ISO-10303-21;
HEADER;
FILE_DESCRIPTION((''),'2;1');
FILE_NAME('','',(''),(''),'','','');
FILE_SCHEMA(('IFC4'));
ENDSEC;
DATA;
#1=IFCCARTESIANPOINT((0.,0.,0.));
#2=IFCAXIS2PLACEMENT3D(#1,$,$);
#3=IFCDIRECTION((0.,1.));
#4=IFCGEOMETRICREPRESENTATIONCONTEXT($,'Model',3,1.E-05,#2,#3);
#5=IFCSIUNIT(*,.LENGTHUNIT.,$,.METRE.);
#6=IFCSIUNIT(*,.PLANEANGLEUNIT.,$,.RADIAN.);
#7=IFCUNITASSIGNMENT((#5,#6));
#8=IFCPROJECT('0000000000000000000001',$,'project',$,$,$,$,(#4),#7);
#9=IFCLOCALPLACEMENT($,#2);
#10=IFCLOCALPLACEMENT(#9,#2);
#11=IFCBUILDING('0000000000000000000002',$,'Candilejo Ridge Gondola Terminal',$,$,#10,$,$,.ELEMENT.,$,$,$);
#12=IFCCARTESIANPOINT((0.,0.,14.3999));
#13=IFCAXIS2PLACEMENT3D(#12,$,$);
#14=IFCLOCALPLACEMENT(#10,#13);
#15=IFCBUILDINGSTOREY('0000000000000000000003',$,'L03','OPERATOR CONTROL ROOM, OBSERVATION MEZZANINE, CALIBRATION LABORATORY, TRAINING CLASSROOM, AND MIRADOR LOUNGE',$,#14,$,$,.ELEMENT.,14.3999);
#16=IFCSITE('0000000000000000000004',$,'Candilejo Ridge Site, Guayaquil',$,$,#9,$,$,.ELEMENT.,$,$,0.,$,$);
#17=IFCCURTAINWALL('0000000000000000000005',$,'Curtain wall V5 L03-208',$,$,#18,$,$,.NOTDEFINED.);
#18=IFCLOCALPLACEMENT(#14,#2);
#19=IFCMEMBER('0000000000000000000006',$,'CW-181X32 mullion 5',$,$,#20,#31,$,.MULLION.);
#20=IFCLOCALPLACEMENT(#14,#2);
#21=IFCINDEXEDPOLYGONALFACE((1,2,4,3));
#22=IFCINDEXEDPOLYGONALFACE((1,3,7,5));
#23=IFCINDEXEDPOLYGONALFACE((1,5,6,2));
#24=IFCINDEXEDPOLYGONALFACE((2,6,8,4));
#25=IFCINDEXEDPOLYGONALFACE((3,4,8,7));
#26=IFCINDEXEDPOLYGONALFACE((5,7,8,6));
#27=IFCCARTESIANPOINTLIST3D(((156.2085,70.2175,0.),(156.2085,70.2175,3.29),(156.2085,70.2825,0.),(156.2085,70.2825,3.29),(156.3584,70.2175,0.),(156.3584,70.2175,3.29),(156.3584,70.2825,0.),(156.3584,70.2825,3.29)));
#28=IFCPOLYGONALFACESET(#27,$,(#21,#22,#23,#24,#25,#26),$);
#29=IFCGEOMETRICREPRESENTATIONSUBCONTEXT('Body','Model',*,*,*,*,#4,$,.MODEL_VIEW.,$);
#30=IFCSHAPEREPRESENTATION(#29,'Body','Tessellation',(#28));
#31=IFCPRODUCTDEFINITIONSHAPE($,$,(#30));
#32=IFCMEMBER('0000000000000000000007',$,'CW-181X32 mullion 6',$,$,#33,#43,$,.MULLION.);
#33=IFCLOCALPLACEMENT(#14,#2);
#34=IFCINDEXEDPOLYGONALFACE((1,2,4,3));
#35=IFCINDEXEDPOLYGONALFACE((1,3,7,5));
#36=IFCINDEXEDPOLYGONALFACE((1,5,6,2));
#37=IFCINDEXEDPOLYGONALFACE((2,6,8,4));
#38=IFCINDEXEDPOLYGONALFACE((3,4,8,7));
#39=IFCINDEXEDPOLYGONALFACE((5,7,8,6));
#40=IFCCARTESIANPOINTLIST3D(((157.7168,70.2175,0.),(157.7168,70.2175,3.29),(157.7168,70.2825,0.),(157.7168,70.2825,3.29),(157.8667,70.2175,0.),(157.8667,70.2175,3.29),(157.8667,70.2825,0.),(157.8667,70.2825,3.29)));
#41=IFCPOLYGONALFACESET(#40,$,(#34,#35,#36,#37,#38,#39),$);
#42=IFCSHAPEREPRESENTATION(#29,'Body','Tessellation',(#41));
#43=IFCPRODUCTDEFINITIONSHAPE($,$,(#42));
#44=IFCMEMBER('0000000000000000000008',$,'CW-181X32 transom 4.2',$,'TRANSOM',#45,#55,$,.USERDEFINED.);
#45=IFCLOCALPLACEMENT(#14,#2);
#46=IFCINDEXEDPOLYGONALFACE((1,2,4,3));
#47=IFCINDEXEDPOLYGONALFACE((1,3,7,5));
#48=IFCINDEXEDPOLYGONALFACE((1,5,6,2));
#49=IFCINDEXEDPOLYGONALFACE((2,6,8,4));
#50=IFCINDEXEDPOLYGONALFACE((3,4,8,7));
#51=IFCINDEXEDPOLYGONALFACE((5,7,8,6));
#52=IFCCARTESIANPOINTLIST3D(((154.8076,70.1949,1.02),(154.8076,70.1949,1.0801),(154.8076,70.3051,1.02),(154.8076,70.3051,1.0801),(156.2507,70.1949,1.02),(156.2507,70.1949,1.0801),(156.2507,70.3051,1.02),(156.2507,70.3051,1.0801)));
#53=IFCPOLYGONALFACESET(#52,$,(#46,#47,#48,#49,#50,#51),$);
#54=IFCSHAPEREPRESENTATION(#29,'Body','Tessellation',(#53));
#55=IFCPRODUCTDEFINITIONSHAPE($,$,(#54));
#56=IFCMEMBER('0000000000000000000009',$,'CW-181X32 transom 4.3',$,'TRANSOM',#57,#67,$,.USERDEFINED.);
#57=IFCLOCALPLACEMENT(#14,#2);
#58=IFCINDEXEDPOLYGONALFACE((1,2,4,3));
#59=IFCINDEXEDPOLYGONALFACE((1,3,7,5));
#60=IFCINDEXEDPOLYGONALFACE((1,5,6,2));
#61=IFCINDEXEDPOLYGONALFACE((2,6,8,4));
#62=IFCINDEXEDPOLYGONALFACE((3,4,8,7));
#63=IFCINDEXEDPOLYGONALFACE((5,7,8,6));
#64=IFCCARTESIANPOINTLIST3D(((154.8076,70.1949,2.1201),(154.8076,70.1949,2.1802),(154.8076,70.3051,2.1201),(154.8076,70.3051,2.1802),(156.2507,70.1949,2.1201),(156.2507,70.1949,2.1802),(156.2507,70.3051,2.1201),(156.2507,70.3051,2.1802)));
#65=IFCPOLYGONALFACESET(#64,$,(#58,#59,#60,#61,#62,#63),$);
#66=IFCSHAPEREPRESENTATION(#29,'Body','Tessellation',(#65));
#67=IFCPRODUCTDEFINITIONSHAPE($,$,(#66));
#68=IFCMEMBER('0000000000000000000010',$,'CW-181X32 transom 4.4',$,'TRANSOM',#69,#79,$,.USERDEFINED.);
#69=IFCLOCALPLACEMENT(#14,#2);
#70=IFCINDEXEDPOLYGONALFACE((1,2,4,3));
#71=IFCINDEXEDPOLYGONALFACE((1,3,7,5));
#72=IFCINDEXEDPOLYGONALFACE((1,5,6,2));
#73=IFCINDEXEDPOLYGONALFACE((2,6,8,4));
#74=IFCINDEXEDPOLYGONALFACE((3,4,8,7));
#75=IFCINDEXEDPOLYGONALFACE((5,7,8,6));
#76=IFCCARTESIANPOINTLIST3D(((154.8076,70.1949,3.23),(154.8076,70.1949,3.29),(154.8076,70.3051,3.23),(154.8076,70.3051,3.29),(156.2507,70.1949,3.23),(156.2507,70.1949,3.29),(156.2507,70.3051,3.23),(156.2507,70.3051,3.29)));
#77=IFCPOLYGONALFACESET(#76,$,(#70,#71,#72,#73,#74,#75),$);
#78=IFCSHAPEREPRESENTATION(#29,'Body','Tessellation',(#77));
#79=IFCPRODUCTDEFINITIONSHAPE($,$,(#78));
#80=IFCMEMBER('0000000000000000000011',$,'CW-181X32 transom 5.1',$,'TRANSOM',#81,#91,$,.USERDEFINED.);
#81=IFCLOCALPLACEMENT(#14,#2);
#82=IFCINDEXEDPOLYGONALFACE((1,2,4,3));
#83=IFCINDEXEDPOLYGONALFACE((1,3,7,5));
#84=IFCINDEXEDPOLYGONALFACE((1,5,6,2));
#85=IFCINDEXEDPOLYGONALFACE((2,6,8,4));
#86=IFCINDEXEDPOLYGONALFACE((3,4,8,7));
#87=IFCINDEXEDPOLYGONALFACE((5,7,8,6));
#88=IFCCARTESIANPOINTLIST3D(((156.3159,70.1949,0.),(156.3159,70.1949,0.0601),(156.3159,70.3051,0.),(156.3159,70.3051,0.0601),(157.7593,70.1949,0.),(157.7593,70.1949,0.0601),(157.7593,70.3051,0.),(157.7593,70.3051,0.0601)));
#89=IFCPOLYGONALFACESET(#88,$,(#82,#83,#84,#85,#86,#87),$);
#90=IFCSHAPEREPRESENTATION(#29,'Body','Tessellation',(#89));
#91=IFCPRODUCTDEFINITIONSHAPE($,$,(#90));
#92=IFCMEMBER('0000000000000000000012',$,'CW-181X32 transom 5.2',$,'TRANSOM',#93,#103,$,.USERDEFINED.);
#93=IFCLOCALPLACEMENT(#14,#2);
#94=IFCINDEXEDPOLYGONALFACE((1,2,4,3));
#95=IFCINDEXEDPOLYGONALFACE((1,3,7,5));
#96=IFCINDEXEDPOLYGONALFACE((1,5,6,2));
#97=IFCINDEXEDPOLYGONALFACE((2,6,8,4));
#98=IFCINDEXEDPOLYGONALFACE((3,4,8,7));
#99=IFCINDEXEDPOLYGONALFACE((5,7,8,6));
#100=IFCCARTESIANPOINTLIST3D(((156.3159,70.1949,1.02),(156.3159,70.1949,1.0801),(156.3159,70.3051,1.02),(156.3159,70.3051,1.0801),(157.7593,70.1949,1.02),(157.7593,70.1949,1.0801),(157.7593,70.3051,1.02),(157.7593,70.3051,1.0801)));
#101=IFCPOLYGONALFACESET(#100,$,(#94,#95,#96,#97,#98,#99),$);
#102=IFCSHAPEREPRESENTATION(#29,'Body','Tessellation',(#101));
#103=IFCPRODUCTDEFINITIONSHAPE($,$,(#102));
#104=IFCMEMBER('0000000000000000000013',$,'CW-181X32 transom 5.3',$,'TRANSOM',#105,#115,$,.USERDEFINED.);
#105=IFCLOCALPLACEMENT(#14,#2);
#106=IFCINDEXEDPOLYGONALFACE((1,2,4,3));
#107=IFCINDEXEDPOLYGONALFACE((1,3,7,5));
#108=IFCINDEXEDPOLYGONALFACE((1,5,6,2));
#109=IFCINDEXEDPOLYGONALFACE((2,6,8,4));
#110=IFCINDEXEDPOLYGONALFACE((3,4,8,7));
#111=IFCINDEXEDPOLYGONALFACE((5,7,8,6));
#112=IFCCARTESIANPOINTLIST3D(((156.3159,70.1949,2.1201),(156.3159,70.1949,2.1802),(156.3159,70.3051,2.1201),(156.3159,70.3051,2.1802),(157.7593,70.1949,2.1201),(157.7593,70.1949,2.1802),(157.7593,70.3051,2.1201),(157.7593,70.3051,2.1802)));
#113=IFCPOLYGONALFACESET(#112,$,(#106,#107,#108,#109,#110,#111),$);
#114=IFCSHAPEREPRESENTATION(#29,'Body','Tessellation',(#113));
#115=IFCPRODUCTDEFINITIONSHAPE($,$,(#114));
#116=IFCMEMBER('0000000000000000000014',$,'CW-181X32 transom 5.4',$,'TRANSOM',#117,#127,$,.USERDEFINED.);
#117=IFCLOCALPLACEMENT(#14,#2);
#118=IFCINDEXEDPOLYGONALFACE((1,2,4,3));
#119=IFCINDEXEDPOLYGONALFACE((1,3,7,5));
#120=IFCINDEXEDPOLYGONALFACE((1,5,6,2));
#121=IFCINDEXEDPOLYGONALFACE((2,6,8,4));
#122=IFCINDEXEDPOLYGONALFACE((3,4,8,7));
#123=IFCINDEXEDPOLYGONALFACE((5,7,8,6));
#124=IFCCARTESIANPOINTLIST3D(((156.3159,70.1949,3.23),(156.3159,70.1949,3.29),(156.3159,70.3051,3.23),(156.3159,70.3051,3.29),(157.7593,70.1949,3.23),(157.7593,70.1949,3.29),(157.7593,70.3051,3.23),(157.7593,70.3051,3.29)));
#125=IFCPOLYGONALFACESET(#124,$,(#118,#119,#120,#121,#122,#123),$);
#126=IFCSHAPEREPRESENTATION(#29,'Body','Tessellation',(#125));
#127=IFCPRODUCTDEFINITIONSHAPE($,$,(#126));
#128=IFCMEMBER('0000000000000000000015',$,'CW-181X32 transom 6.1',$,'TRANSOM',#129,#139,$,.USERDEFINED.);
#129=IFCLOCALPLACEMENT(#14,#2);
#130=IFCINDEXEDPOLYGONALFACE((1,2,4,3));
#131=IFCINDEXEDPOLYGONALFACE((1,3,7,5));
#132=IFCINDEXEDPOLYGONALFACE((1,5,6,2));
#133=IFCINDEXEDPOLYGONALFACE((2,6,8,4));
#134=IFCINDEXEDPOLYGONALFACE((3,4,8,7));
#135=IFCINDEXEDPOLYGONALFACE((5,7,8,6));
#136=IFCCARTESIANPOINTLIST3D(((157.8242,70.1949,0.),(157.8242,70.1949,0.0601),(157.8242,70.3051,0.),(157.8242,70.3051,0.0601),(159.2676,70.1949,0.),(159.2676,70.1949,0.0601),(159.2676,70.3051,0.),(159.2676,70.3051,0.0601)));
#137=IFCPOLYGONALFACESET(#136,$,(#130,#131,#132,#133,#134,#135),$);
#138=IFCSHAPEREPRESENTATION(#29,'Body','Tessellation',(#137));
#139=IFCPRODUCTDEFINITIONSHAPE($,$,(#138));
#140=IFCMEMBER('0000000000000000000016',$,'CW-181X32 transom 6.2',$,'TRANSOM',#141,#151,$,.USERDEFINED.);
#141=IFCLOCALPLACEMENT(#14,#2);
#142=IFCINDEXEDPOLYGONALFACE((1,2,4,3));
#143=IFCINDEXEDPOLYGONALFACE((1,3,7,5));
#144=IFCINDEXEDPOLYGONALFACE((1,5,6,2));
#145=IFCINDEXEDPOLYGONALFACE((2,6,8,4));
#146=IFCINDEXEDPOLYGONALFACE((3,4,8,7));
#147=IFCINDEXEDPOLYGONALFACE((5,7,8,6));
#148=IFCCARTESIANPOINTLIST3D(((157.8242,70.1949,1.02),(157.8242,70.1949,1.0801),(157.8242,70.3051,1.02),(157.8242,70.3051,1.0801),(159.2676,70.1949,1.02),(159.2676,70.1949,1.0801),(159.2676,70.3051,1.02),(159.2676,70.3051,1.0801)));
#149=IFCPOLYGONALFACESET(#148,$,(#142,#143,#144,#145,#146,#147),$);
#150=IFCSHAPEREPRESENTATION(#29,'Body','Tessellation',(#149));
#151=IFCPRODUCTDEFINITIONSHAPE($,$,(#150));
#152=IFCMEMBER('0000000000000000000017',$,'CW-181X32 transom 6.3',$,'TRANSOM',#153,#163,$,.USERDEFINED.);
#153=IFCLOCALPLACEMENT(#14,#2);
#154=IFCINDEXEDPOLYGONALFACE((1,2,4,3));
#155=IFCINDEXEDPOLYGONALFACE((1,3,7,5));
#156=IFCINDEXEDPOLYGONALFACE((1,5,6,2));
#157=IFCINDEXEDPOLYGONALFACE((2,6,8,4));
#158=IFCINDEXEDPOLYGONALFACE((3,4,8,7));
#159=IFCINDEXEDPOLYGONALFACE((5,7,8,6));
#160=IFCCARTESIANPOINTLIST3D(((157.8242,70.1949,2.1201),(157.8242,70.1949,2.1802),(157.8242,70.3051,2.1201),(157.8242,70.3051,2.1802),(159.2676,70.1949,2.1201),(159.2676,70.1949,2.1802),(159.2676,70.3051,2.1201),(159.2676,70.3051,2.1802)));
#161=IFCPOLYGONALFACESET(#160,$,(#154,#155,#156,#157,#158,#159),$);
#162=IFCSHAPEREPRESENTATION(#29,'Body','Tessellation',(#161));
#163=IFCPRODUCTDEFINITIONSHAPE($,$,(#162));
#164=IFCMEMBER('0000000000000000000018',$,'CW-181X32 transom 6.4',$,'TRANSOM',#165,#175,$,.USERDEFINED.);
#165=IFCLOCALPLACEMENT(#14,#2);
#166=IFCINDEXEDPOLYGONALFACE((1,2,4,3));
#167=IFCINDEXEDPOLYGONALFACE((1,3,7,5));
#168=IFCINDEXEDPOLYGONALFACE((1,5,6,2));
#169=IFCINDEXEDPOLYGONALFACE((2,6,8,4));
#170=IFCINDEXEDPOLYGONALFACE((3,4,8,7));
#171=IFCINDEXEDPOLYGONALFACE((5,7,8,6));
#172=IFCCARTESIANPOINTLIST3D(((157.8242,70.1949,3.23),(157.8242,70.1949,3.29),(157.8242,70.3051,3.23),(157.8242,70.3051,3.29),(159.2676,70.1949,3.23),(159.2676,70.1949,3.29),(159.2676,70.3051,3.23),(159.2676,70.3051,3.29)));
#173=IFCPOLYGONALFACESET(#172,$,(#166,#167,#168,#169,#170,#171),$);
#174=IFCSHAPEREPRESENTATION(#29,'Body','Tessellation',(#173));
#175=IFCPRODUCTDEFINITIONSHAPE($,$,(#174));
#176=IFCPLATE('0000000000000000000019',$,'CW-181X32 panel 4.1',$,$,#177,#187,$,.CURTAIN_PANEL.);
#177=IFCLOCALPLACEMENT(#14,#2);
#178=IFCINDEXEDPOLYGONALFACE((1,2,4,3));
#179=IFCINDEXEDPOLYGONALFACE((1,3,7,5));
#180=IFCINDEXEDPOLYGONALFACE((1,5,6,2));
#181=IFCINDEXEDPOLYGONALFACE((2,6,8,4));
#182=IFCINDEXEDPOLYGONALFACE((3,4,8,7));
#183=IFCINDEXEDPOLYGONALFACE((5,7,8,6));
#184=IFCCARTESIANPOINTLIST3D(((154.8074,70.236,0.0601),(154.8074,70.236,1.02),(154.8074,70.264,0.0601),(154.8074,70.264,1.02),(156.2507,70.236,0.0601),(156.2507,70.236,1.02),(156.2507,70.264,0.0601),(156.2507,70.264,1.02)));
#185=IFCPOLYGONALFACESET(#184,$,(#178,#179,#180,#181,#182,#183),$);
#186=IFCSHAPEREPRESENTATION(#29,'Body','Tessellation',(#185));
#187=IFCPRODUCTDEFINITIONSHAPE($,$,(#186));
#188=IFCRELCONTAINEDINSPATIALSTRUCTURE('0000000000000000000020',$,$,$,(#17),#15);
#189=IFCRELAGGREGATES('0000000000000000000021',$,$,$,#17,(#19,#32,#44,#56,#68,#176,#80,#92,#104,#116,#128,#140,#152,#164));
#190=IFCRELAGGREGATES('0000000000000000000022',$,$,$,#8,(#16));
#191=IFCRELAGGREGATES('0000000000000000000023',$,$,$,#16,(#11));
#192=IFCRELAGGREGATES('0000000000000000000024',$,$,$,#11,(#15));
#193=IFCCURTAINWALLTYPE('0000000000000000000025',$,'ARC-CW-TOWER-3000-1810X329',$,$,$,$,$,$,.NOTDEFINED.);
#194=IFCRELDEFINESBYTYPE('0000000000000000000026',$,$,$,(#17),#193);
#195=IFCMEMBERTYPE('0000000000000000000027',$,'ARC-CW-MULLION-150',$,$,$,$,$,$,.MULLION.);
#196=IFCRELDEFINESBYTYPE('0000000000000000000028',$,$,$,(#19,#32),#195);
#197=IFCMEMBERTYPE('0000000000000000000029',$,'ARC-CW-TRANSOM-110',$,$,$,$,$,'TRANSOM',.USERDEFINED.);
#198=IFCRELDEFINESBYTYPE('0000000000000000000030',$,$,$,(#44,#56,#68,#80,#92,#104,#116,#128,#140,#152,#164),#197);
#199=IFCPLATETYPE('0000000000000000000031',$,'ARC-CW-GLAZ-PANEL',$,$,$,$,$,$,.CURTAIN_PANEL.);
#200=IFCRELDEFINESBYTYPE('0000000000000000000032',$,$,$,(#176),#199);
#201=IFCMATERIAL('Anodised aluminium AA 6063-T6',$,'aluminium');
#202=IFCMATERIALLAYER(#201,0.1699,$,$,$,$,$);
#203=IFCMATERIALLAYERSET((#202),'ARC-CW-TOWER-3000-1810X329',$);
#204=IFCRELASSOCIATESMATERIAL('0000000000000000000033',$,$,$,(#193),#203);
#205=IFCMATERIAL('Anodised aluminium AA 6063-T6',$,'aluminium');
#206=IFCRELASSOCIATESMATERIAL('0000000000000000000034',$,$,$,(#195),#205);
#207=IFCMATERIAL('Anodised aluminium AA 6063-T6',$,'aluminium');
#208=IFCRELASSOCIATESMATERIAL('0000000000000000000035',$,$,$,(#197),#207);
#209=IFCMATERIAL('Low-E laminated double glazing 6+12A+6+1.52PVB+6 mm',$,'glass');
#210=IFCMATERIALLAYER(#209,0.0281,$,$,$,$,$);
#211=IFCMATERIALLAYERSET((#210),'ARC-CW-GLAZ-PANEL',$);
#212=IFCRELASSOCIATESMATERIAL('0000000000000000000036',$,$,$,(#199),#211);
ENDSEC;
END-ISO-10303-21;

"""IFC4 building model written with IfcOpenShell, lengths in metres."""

from ifc_helpers import new_model, si_unit, direction, frame, origin, origin_2d, place, context, subcontext, project, spatial, rectangle, extrude, material, layer, layer_set, material_profile, profile_set, type_object, element, aggregate, save


model = new_model("IFC4")

# Units and contexts
model_context = context("Model", 3, precision=1e-05, world=origin(), true_north=direction((0.0, 1.0)))
body_context = subcontext(model_context, "Body", "Model", "MODEL_VIEW")
ifc_project = project(units=[si_unit("LENGTHUNIT", "METRE"), si_unit("PLANEANGLEUNIT", "RADIAN")], contexts=[model_context])

# Site, building, storey
site_placement = place(None, origin())
site = spatial("IfcSite", under=ifc_project, at=site_placement, Name="Candilejo Ridge Site, Guayaquil", CompositionType="ELEMENT", RefElevation=0.0)
building_placement = place(site_placement, origin())
building = spatial("IfcBuilding", under=site, at=building_placement, Name="Candilejo Ridge Gondola Terminal", CompositionType="ELEMENT")
storey_placement = place(building_placement, frame((0.0, 0.0, 14.3999)))
storey = spatial("IfcBuildingStorey", under=building, at=storey_placement, Name="L03", Description="OPERATOR CONTROL ROOM, OBSERVATION MEZZANINE, CALIBRATION LABORATORY, TRAINING CLASSROOM, AND MIRADOR LOUNGE", CompositionType="ELEMENT", Elevation=14.3999)

# Curtain wall, members, plate
ifc_material_1 = material(Name="Anodised aluminium AA 6063-T6", Category="aluminium")
ifc_layer_1 = layer(ifc_material_1, 0.1699)
ifc_layer_set_1 = layer_set([ifc_layer_1], Name="ARC-CW-TOWER-3000-1810X329")
curtain_wall_type = type_object("IfcCurtainWallType", Name="ARC-CW-TOWER-3000-1810X329", PredefinedType="NOTDEFINED", material=ifc_layer_set_1)
curtain_wall_placement = place(storey_placement, origin())
curtain_wall = element("IfcCurtainWall", 1, at=curtain_wall_placement, inside=storey, type_object=curtain_wall_type, Name="Curtain wall V5 L03-208", PredefinedType="NOTDEFINED")
ifc_material_2 = material(Name="Anodised aluminium AA 6063-T6", Category="aluminium")
ifc_material_profile_1 = material_profile(ifc_material_2, rectangle(XDim=0.0649, YDim=0.1499, at=origin_2d()))
ifc_profile_set_1 = profile_set([ifc_material_profile_1], Name="Anodised aluminium AA 6063-T6")
member_type_1 = type_object("IfcMemberType", Name="ARC-CW-MULLION-150", PredefinedType="MULLION", material=ifc_profile_set_1)
member_1_placement = place(storey_placement, frame((156.2834, 70.25, 0.0), z_axis=(0.0, 0.0, 1.0), x_axis=(0.0, 1.0, 0.0)))
member_1 = element("IfcMember", 2, at=member_1_placement, type_object=member_type_1, Name="CW-181X32 mullion 5", PredefinedType="MULLION", context=body_context, shape_type="SweptSolid", body=[
    extrude(rectangle(XDim=0.0649, YDim=0.1499, at=origin_2d()), origin(), (0.0, 0.0, 1.0), 3.29),
])
member_2_placement = place(storey_placement, frame((157.7917, 70.25, 0.0), z_axis=(0.0, 0.0, 1.0), x_axis=(0.0, 1.0, 0.0)))
member_2 = element("IfcMember", 3, at=member_2_placement, type_object=member_type_1, Name="CW-181X32 mullion 6", PredefinedType="MULLION", context=body_context, shape_type="SweptSolid", body=[
    extrude(rectangle(XDim=0.0649, YDim=0.1499, at=origin_2d()), origin(), (0.0, 0.0, 1.0), 3.29),
])
ifc_material_3 = material(Name="Anodised aluminium AA 6063-T6", Category="aluminium")
ifc_material_profile_2 = material_profile(ifc_material_3, rectangle(XDim=0.1101, YDim=0.0601, at=origin_2d()))
ifc_profile_set_2 = profile_set([ifc_material_profile_2], Name="Anodised aluminium AA 6063-T6")
member_type_2 = type_object("IfcMemberType", Name="ARC-CW-TRANSOM-110", ElementType="TRANSOM", PredefinedType="USERDEFINED", material=ifc_profile_set_2)
member_3_placement = place(storey_placement, frame((154.8076, 70.25, 1.05), z_axis=(1.0, 0.0, 0.0), x_axis=(0.0, 1.0, 0.0)))
member_3 = element("IfcMember", 4, at=member_3_placement, type_object=member_type_2, Name="CW-181X32 transom 4.2", ObjectType="TRANSOM", PredefinedType="USERDEFINED", context=body_context, shape_type="SweptSolid", body=[
    extrude(rectangle(XDim=0.1101, YDim=0.0601, at=origin_2d()), origin(), (0.0, 0.0, 1.0), 1.4431),
])
member_4_placement = place(storey_placement, frame((154.8076, 70.25, 2.1501), z_axis=(1.0, 0.0, 0.0), x_axis=(0.0, 1.0, 0.0)))
member_4 = element("IfcMember", 5, at=member_4_placement, type_object=member_type_2, Name="CW-181X32 transom 4.3", ObjectType="TRANSOM", PredefinedType="USERDEFINED", context=body_context, shape_type="SweptSolid", body=[
    extrude(rectangle(XDim=0.1101, YDim=0.0601, at=origin_2d()), origin(), (0.0, 0.0, 1.0), 1.4431),
])
member_5_placement = place(storey_placement, frame((154.8076, 70.25, 3.26), z_axis=(1.0, 0.0, 0.0), x_axis=(0.0, 1.0, 0.0)))
member_5 = element("IfcMember", 6, at=member_5_placement, type_object=member_type_2, Name="CW-181X32 transom 4.4", ObjectType="TRANSOM", PredefinedType="USERDEFINED", context=body_context, shape_type="SweptSolid", body=[
    extrude(rectangle(XDim=0.1101, YDim=0.0601, at=origin_2d()), origin(), (0.0, 0.0, 1.0), 1.4431),
])
member_6_placement = place(storey_placement, frame((156.3159, 70.25, 0.03), z_axis=(1.0, 0.0, 0.0), x_axis=(0.0, 1.0, 0.0)))
member_6 = element("IfcMember", 7, at=member_6_placement, type_object=member_type_2, Name="CW-181X32 transom 5.1", ObjectType="TRANSOM", PredefinedType="USERDEFINED", context=body_context, shape_type="SweptSolid", body=[
    extrude(rectangle(XDim=0.1101, YDim=0.0601, at=origin_2d()), origin(), (0.0, 0.0, 1.0), 1.4434),
])
member_7_placement = place(storey_placement, frame((156.3159, 70.25, 1.05), z_axis=(1.0, 0.0, 0.0), x_axis=(0.0, 1.0, 0.0)))
member_7 = element("IfcMember", 8, at=member_7_placement, type_object=member_type_2, Name="CW-181X32 transom 5.2", ObjectType="TRANSOM", PredefinedType="USERDEFINED", context=body_context, shape_type="SweptSolid", body=[
    extrude(rectangle(XDim=0.1101, YDim=0.0601, at=origin_2d()), origin(), (0.0, 0.0, 1.0), 1.4434),
])
member_8_placement = place(storey_placement, frame((156.3159, 70.25, 2.1501), z_axis=(1.0, 0.0, 0.0), x_axis=(0.0, 1.0, 0.0)))
member_8 = element("IfcMember", 9, at=member_8_placement, type_object=member_type_2, Name="CW-181X32 transom 5.3", ObjectType="TRANSOM", PredefinedType="USERDEFINED", context=body_context, shape_type="SweptSolid", body=[
    extrude(rectangle(XDim=0.1101, YDim=0.0601, at=origin_2d()), origin(), (0.0, 0.0, 1.0), 1.4434),
])
member_9_placement = place(storey_placement, frame((156.3159, 70.25, 3.26), z_axis=(1.0, 0.0, 0.0), x_axis=(0.0, 1.0, 0.0)))
member_9 = element("IfcMember", 10, at=member_9_placement, type_object=member_type_2, Name="CW-181X32 transom 5.4", ObjectType="TRANSOM", PredefinedType="USERDEFINED", context=body_context, shape_type="SweptSolid", body=[
    extrude(rectangle(XDim=0.1101, YDim=0.0601, at=origin_2d()), origin(), (0.0, 0.0, 1.0), 1.4434),
])
member_10_placement = place(storey_placement, frame((157.8242, 70.25, 0.03), z_axis=(1.0, 0.0, 0.0), x_axis=(0.0, 1.0, 0.0)))
member_10 = element("IfcMember", 11, at=member_10_placement, type_object=member_type_2, Name="CW-181X32 transom 6.1", ObjectType="TRANSOM", PredefinedType="USERDEFINED", context=body_context, shape_type="SweptSolid", body=[
    extrude(rectangle(XDim=0.1101, YDim=0.0601, at=origin_2d()), origin(), (0.0, 0.0, 1.0), 1.4434),
])
member_11_placement = place(storey_placement, frame((157.8242, 70.25, 1.05), z_axis=(1.0, 0.0, 0.0), x_axis=(0.0, 1.0, 0.0)))
member_11 = element("IfcMember", 12, at=member_11_placement, type_object=member_type_2, Name="CW-181X32 transom 6.2", ObjectType="TRANSOM", PredefinedType="USERDEFINED", context=body_context, shape_type="SweptSolid", body=[
    extrude(rectangle(XDim=0.1101, YDim=0.0601, at=origin_2d()), origin(), (0.0, 0.0, 1.0), 1.4434),
])
member_12_placement = place(storey_placement, frame((157.8242, 70.25, 2.1501), z_axis=(1.0, 0.0, 0.0), x_axis=(0.0, 1.0, 0.0)))
member_12 = element("IfcMember", 13, at=member_12_placement, type_object=member_type_2, Name="CW-181X32 transom 6.3", ObjectType="TRANSOM", PredefinedType="USERDEFINED", context=body_context, shape_type="SweptSolid", body=[
    extrude(rectangle(XDim=0.1101, YDim=0.0601, at=origin_2d()), origin(), (0.0, 0.0, 1.0), 1.4434),
])
member_13_placement = place(storey_placement, frame((157.8242, 70.25, 3.26), z_axis=(1.0, 0.0, 0.0), x_axis=(0.0, 1.0, 0.0)))
member_13 = element("IfcMember", 14, at=member_13_placement, type_object=member_type_2, Name="CW-181X32 transom 6.4", ObjectType="TRANSOM", PredefinedType="USERDEFINED", context=body_context, shape_type="SweptSolid", body=[
    extrude(rectangle(XDim=0.1101, YDim=0.0601, at=origin_2d()), origin(), (0.0, 0.0, 1.0), 1.4434),
])
ifc_material_4 = material(Name="Low-E laminated double glazing 6+12A+6+1.52PVB+6 mm", Category="glass")
ifc_layer_2 = layer(ifc_material_4, 0.0281)
ifc_layer_set_2 = layer_set([ifc_layer_2], Name="ARC-CW-GLAZ-PANEL")
plate_type = type_object("IfcPlateType", Name="ARC-CW-GLAZ-PANEL", PredefinedType="CURTAIN_PANEL", material=ifc_layer_set_2)
plate_1_placement = place(storey_placement, frame((155.5291, 70.25, 0.0601), z_axis=(0.0, 0.0, 1.0), x_axis=(1.0, 0.0, 0.0)))
plate_1 = element("IfcPlate", 15, at=plate_1_placement, type_object=plate_type, Name="CW-181X32 panel 4.1", PredefinedType="CURTAIN_PANEL", context=body_context, shape_type="SweptSolid", body=[
    extrude(rectangle(XDim=1.4434, YDim=0.0281, at=origin_2d()), origin(), (0.0, 0.0, 1.0), 0.96),
])
aggregate(curtain_wall, [member_1, member_2, member_3, member_4, member_5, plate_1, member_6, member_7, member_8, member_9, member_10, member_11, member_12, member_13])

save(model, "model.ifc")
